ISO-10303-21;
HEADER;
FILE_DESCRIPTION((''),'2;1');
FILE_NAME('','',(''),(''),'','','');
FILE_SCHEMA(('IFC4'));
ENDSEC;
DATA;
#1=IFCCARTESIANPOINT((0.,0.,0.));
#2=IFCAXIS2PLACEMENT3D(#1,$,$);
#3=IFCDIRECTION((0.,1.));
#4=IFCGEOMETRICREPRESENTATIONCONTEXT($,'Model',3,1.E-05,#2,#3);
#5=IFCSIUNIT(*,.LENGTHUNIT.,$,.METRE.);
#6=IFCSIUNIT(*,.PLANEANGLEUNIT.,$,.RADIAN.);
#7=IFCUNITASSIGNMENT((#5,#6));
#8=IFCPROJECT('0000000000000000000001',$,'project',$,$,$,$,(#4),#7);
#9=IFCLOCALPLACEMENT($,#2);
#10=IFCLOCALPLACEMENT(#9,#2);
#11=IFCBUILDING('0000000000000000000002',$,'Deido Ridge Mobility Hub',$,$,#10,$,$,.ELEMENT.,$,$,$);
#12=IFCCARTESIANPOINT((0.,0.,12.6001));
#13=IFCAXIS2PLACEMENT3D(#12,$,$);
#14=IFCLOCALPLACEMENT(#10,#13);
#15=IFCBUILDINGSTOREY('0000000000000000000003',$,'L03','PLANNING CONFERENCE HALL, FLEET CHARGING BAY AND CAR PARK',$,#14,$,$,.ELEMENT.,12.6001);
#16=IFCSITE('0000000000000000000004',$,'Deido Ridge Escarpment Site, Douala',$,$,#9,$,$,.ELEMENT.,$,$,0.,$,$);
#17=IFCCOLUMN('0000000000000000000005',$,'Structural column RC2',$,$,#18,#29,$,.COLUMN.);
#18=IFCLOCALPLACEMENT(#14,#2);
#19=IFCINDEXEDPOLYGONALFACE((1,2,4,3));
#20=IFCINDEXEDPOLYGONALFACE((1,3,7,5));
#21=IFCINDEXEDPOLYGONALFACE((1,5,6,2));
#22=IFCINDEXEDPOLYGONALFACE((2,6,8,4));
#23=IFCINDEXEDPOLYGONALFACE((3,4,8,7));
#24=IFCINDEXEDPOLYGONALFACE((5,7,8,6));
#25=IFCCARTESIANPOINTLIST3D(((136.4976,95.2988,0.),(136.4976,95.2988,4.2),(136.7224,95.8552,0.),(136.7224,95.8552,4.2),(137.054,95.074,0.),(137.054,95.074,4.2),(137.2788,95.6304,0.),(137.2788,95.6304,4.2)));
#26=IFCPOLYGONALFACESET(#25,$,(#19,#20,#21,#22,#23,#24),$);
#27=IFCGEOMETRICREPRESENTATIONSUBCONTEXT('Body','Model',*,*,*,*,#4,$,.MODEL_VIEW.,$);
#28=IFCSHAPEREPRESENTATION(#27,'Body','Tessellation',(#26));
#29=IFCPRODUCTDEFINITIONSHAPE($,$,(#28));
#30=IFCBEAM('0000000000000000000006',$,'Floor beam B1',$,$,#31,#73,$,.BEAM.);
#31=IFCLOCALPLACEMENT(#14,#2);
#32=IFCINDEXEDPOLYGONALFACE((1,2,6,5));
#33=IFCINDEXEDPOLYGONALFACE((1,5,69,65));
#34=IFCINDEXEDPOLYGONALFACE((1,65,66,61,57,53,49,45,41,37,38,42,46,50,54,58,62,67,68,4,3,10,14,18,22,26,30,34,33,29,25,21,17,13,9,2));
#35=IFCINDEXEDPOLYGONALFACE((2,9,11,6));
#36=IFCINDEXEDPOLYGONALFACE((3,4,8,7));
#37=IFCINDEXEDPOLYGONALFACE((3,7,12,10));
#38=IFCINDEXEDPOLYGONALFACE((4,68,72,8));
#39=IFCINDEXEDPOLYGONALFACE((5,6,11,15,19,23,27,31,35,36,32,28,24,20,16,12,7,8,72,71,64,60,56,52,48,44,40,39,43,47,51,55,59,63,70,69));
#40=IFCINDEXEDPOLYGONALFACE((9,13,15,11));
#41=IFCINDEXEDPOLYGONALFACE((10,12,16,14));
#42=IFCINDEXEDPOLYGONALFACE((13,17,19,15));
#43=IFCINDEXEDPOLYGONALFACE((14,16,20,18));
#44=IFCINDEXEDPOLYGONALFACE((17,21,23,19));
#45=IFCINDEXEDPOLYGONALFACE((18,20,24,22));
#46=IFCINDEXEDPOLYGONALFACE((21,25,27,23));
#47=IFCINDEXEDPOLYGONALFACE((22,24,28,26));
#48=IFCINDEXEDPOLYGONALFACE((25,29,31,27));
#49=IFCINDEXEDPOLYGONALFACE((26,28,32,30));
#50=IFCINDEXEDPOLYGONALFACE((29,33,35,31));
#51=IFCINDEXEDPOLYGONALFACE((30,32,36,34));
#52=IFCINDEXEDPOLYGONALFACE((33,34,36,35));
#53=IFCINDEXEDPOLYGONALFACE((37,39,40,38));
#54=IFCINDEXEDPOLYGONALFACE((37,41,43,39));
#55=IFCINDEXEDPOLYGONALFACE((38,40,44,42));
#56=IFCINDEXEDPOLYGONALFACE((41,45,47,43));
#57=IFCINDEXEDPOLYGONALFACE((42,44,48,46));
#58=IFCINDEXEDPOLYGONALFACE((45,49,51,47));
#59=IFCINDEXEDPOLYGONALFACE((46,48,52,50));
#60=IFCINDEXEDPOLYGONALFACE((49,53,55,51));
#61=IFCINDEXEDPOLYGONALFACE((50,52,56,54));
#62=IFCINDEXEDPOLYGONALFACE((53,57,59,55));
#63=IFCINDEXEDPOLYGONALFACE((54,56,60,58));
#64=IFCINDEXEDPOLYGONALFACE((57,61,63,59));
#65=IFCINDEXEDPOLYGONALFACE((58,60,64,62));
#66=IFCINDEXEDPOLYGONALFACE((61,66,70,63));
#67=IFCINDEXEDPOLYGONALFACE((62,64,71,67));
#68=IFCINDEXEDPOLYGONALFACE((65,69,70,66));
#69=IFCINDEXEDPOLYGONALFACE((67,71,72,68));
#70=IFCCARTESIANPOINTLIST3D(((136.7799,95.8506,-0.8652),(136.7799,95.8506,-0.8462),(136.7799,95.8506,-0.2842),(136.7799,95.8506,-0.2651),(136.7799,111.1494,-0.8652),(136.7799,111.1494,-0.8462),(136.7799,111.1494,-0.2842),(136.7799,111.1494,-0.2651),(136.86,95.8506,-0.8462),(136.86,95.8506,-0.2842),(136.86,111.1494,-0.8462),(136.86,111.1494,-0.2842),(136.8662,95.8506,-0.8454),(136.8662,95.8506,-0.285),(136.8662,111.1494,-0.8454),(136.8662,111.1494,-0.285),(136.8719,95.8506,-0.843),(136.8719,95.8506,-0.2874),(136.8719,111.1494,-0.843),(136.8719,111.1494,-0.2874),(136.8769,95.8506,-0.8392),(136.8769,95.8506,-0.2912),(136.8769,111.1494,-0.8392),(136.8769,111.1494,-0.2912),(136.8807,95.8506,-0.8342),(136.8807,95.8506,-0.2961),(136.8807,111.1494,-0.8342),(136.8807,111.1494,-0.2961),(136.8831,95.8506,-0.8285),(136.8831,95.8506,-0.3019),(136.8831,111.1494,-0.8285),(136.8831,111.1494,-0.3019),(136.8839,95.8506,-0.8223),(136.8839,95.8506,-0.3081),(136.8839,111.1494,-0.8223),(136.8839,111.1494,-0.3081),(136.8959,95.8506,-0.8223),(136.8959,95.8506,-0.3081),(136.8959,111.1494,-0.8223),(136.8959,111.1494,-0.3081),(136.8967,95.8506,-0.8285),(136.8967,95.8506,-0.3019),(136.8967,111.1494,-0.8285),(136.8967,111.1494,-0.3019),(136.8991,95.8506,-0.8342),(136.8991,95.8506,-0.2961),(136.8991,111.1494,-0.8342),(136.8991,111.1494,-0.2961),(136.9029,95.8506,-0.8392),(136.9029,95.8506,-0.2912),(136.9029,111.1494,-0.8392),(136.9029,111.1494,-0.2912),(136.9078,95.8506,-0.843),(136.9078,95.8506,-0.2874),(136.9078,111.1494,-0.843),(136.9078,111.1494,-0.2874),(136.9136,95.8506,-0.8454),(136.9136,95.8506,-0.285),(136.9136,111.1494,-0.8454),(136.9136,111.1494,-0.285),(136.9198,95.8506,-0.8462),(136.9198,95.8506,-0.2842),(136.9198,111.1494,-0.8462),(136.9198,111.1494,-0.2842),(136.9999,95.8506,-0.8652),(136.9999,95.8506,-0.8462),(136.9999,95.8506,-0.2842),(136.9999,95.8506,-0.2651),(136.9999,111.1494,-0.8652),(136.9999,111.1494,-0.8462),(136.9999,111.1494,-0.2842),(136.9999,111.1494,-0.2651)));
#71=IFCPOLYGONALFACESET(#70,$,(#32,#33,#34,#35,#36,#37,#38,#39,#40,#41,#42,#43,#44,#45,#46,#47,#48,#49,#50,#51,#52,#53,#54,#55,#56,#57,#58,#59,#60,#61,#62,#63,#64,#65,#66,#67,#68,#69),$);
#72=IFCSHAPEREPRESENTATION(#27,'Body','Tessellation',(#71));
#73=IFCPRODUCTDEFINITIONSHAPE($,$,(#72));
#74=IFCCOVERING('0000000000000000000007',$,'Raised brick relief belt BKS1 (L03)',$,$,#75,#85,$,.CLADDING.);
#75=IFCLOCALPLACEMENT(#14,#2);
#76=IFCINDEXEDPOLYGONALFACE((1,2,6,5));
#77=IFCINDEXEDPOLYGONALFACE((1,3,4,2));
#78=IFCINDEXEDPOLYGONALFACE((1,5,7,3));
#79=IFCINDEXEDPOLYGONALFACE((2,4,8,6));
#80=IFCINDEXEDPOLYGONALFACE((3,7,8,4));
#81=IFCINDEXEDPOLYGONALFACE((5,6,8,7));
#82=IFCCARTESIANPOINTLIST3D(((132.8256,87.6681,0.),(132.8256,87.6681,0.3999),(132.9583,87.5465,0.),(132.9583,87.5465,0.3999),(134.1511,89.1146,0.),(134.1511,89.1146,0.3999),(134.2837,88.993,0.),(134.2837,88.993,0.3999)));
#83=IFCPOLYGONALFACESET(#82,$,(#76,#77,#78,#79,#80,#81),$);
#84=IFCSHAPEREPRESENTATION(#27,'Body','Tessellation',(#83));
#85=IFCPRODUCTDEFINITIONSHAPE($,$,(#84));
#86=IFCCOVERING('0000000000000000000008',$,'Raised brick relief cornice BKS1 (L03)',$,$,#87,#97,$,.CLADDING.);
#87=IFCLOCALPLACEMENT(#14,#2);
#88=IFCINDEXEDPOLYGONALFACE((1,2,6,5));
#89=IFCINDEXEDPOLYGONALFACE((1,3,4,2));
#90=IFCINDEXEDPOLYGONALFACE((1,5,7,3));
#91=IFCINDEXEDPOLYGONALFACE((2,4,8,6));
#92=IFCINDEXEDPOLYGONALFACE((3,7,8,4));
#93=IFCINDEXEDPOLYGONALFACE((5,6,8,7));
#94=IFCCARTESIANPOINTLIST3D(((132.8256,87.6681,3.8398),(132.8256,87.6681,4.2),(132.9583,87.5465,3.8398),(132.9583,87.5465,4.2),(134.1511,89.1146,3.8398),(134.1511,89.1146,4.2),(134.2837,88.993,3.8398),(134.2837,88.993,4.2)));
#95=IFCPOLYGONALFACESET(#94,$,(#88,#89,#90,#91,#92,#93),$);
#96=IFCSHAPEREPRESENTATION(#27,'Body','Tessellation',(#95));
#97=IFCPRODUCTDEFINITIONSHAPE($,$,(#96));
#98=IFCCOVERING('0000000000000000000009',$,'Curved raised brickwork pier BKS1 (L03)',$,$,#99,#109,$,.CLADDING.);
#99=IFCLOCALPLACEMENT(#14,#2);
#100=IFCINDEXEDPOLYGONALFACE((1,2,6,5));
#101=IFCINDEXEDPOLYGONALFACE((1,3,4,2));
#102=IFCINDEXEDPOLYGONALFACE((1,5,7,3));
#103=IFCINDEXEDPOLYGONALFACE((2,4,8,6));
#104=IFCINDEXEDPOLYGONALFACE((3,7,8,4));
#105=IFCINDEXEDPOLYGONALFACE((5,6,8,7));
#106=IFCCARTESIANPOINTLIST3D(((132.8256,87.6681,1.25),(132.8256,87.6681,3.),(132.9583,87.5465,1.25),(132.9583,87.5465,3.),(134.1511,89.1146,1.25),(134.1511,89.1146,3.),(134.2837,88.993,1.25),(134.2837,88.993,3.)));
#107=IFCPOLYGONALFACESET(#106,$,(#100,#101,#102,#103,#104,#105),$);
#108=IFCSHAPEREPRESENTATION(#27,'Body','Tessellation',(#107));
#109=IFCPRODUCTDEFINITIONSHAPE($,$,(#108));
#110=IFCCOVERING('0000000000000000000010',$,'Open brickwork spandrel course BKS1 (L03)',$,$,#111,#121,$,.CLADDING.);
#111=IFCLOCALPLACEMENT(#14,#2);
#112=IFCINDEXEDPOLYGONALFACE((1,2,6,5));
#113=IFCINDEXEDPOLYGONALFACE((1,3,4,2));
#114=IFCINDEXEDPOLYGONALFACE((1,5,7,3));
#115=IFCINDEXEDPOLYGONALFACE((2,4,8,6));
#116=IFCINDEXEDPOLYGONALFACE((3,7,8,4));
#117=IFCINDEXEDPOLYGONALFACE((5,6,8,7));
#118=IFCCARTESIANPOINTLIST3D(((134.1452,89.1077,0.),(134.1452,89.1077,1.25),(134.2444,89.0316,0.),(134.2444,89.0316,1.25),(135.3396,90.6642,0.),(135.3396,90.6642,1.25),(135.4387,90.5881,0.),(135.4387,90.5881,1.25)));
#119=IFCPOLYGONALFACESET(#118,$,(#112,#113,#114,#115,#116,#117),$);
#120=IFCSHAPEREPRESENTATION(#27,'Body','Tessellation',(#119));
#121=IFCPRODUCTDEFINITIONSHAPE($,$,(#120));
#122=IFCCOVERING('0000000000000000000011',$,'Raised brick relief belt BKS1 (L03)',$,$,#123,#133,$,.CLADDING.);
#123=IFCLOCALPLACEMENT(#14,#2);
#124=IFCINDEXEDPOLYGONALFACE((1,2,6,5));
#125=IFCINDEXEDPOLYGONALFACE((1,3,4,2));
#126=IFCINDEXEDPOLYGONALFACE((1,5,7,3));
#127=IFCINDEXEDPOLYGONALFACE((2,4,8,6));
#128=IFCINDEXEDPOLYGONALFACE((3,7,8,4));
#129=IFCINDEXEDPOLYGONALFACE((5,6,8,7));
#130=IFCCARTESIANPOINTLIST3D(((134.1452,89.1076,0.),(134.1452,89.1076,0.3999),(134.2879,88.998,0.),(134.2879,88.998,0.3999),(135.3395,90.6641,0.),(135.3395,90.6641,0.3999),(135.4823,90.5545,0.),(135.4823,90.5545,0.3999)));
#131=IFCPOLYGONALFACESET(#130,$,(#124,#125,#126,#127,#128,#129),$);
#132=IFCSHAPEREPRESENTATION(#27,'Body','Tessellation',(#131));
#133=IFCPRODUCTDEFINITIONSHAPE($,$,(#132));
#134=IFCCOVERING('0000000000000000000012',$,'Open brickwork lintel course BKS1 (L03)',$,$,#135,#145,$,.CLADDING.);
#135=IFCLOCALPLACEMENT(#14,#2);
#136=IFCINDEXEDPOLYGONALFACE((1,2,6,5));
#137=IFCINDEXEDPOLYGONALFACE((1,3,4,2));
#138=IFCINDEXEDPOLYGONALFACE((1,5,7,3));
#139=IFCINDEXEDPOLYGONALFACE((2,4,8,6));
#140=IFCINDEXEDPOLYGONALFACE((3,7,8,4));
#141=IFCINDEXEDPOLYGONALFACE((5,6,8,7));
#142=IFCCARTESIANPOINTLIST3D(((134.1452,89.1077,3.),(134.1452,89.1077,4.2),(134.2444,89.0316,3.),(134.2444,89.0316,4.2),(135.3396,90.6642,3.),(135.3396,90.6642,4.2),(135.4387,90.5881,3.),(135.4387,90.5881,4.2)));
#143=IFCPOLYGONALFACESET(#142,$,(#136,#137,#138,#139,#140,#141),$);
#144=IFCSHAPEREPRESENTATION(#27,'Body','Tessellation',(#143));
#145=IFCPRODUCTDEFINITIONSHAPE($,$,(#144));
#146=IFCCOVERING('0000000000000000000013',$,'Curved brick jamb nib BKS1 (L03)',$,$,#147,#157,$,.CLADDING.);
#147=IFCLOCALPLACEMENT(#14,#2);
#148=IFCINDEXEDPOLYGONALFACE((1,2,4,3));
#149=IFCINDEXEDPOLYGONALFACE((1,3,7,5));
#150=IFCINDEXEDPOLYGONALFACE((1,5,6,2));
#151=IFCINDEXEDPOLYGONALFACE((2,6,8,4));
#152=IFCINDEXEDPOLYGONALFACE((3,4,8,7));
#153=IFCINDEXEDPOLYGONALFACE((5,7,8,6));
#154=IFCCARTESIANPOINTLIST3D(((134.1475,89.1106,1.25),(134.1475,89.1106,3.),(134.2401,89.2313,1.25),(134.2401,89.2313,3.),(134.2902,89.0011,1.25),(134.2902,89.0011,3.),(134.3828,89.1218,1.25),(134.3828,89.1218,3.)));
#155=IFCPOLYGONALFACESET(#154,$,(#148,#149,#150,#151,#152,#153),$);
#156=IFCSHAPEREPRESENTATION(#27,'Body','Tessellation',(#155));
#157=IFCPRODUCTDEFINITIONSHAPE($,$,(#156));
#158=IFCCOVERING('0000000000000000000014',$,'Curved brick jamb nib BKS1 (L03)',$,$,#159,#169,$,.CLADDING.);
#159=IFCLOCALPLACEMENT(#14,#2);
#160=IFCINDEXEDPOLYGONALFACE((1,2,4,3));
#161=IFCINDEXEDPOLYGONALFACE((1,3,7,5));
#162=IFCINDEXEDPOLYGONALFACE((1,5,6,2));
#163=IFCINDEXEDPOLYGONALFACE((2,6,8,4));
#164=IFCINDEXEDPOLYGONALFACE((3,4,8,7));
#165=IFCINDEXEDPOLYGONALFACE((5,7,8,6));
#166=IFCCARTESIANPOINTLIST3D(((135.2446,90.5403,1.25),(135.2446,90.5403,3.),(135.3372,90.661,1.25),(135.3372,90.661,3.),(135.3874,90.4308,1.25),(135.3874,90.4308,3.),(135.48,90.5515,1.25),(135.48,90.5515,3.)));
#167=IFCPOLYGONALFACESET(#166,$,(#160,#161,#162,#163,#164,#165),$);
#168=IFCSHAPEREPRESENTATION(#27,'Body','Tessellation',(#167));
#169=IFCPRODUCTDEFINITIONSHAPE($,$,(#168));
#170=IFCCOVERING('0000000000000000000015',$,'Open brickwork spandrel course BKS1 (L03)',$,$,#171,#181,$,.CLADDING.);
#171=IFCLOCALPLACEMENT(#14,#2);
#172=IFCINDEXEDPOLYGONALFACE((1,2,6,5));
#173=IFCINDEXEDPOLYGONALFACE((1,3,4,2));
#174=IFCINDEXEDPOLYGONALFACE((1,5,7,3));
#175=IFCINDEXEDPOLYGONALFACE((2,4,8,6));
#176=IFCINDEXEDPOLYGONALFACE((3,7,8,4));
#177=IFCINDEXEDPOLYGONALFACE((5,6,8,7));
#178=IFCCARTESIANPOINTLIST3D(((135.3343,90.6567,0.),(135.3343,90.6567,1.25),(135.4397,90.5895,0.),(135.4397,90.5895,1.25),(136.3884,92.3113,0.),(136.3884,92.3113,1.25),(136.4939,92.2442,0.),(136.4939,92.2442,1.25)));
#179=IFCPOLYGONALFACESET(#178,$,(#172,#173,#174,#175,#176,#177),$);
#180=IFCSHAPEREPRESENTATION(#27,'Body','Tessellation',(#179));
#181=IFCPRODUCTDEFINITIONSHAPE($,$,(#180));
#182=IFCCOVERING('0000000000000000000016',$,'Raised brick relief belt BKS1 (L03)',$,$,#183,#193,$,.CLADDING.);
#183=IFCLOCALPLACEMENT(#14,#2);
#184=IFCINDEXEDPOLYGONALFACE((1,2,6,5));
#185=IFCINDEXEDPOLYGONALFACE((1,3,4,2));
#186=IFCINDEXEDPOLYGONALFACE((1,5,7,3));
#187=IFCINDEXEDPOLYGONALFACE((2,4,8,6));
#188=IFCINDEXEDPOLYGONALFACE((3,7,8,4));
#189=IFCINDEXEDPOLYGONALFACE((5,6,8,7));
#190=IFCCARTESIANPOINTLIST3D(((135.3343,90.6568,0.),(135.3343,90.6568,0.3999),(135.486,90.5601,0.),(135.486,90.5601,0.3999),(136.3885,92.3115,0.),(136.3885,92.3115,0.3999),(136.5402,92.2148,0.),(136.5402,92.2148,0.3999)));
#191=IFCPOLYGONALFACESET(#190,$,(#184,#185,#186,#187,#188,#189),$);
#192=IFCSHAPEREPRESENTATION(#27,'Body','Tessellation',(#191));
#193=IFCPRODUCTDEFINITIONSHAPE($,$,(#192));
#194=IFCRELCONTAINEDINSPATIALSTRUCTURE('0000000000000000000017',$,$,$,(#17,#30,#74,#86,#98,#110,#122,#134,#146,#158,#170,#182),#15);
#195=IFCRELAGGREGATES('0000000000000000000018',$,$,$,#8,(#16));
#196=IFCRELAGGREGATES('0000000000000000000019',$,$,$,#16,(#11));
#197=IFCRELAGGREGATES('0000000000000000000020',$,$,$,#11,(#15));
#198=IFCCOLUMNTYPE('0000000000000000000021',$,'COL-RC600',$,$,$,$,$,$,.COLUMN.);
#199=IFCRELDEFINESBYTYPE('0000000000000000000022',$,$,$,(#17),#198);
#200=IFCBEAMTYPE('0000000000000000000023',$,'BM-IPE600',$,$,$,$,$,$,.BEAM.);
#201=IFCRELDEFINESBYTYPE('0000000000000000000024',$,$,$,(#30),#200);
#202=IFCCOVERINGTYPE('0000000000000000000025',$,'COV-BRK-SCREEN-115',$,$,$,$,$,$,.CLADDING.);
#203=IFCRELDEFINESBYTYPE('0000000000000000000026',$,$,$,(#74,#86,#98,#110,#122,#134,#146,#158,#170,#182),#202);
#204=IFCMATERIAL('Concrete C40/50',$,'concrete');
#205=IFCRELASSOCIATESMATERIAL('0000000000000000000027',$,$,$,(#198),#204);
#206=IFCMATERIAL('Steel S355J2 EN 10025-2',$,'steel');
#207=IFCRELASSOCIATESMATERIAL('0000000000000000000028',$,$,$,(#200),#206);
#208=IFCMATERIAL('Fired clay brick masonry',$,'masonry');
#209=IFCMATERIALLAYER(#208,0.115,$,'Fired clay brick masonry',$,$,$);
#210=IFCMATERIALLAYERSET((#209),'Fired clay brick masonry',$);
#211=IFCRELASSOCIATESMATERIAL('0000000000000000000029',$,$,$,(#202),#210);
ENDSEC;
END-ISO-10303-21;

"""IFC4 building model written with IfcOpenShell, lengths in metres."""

from ifc_helpers import new_model, si_unit, direction, frame, origin, origin_2d, place, context, subcontext, project, spatial, rectangle, i_section, extrude, material, layer, layer_set, material_profile, profile_set, type_object, element, save


model = new_model("IFC4")

# Units and contexts
model_context = context("Model", 3, precision=1e-05, world=origin(), true_north=direction((0.0, 1.0)))
body_context = subcontext(model_context, "Body", "Model", "MODEL_VIEW")
ifc_project = project(units=[si_unit("LENGTHUNIT", "METRE"), si_unit("PLANEANGLEUNIT", "RADIAN")], contexts=[model_context])

# Site, building, storey
site_placement = place(None, origin())
site = spatial("IfcSite", under=ifc_project, at=site_placement, Name="Deido Ridge Escarpment Site, Douala", CompositionType="ELEMENT", RefElevation=0.0)
building_placement = place(site_placement, origin())
building = spatial("IfcBuilding", under=site, at=building_placement, Name="Deido Ridge Mobility Hub", CompositionType="ELEMENT")
storey_placement = place(building_placement, frame((0.0, 0.0, 12.6001)))
storey = spatial("IfcBuildingStorey", under=building, at=storey_placement, Name="L03", Description="PLANNING CONFERENCE HALL, FLEET CHARGING BAY AND CAR PARK", CompositionType="ELEMENT", Elevation=12.6001)

# Column
ifc_material_1 = material(Name="Concrete C40/50", Category="concrete")
ifc_material_profile_1 = material_profile(ifc_material_1, rectangle(XDim=0.6001, YDim=0.6001, at=origin_2d()), Name="RC COL 600x600")
ifc_profile_set_1 = profile_set([ifc_material_profile_1], Name="Concrete C40/50")
column_type = type_object("IfcColumnType", Name="COL-RC600", PredefinedType="COLUMN", material=ifc_profile_set_1)
column_placement = place(storey_placement, frame((136.8882, 95.4646, 0.0), z_axis=(0.0, 0.0, 1.0), x_axis=(0.927184, -0.374607, 0.0)))
element("IfcColumn", 1, at=column_placement, inside=storey, type_object=column_type, Name="Structural column RC2", PredefinedType="COLUMN", context=body_context, shape_type="SweptSolid", body=[
    extrude(rectangle(XDim=0.6001, YDim=0.6001, at=origin_2d()), origin(), (0.0, 0.0, 1.0), 4.2),
])

# Beam
ifc_material_2 = material(Name="Steel S355J2 EN 10025-2", Category="steel")
ifc_material_profile_2 = material_profile(ifc_material_2, i_section(OverallWidth=0.22, OverallDepth=0.6001, WebThickness=0.012, FlangeThickness=0.019, FilletRadius=0.0239, at=origin_2d()), Name="IPE 600")
ifc_profile_set_2 = profile_set([ifc_material_profile_2], Name="Steel S355J2 EN 10025-2")
beam_type = type_object("IfcBeamType", Name="BM-IPE600", PredefinedType="BEAM", material=ifc_profile_set_2)
beam_placement = place(storey_placement, frame((136.8899, 95.8506, -0.5652), z_axis=(0.0, 1.0, 0.0), x_axis=(-1.0, 0.0, 0.0)))
element("IfcBeam", 2, at=beam_placement, inside=storey, type_object=beam_type, Name="Floor beam B1", PredefinedType="BEAM", context=body_context, shape_type="SweptSolid", body=[
    extrude(i_section(OverallWidth=0.22, OverallDepth=0.6001, WebThickness=0.012, FlangeThickness=0.019, FilletRadius=0.0239, at=origin_2d()), origin(), (0.0, 0.0, 1.0), 15.2988),
])

# Coverings
ifc_material_3 = material(Name="Fired clay brick masonry", Category="masonry")
ifc_layer = layer(ifc_material_3, 0.115, Name="Fired clay brick masonry")
ifc_layer_set = layer_set([ifc_layer], Name="Fired clay brick masonry")
covering_type = type_object("IfcCoveringType", Name="COV-BRK-SCREEN-115", PredefinedType="CLADDING", material=ifc_layer_set)
covering_1_placement = place(storey_placement, frame((133.5547, 88.3306, 0.0), z_axis=(0.0, 0.0, 1.0), x_axis=(0.675577, 0.737289, 0.0)))
element("IfcCovering", 3, at=covering_1_placement, inside=storey, type_object=covering_type, Name="Raised brick relief belt BKS1 (L03)", PredefinedType="CLADDING", context=body_context, shape_type="SweptSolid", body=[
    extrude(rectangle(XDim=1.9619, YDim=0.1799, at=origin_2d()), origin(), (0.0, 0.0, 1.0), 0.3999),
])
covering_2_placement = place(storey_placement, frame((133.5547, 88.3306, 3.8398), z_axis=(0.0, 0.0, 1.0), x_axis=(0.675577, 0.737289, 0.0)))
element("IfcCovering", 4, at=covering_2_placement, inside=storey, type_object=covering_type, Name="Raised brick relief cornice BKS1 (L03)", PredefinedType="CLADDING", context=body_context, shape_type="SweptSolid", body=[
    extrude(rectangle(XDim=1.9619, YDim=0.1799, at=origin_2d()), origin(), (0.0, 0.0, 1.0), 0.3601),
])
covering_3_placement = place(storey_placement, frame((133.5547, 88.3306, 1.25), z_axis=(0.0, 0.0, 1.0), x_axis=(0.675577, 0.737289, 0.0)))
element("IfcCovering", 5, at=covering_3_placement, inside=storey, type_object=covering_type, Name="Curved raised brickwork pier BKS1 (L03)", PredefinedType="CLADDING", context=body_context, shape_type="SweptSolid", body=[
    extrude(rectangle(XDim=1.9619, YDim=0.1799, at=origin_2d()), origin(), (0.0, 0.0, 1.0), 1.75),
])
covering_4_placement = place(storey_placement, frame((134.792, 89.8479, 0.0), z_axis=(0.0, 0.0, 1.0), x_axis=(0.608761, 0.793353, 0.0)))
element("IfcCovering", 6, at=covering_4_placement, inside=storey, type_object=covering_type, Name="Open brickwork spandrel course BKS1 (L03)", PredefinedType="CLADDING", context=body_context, shape_type="SweptSolid", body=[
    extrude(rectangle(XDim=1.9619, YDim=0.125, at=origin_2d()), origin(), (0.0, 0.0, 1.0), 1.25),
])
covering_5_placement = place(storey_placement, frame((134.8137, 89.8311, 0.0), z_axis=(0.0, 0.0, 1.0), x_axis=(0.608761, 0.793353, 0.0)))
element("IfcCovering", 7, at=covering_5_placement, inside=storey, type_object=covering_type, Name="Raised brick relief belt BKS1 (L03)", PredefinedType="CLADDING", context=body_context, shape_type="SweptSolid", body=[
    extrude(rectangle(XDim=1.9619, YDim=0.1799, at=origin_2d()), origin(), (0.0, 0.0, 1.0), 0.3999),
])
covering_6_placement = place(storey_placement, frame((134.792, 89.8479, 3.0), z_axis=(0.0, 0.0, 1.0), x_axis=(0.608761, 0.793353, 0.0)))
element("IfcCovering", 8, at=covering_6_placement, inside=storey, type_object=covering_type, Name="Open brickwork lintel course BKS1 (L03)", PredefinedType="CLADDING", context=body_context, shape_type="SweptSolid", body=[
    extrude(rectangle(XDim=1.9619, YDim=0.125, at=origin_2d()), origin(), (0.0, 0.0, 1.0), 1.2),
])
for number, where, z_axis, x_axis, name in (
    (9, (134.2651, 89.1162, 1.25), (0.0, 0.0, 1.0), (0.608761, 0.793353, 0.0), "Curved brick jamb nib BKS1 (L03)"),
    (10, (135.3623, 90.5459, 1.25), (0.0, 0.0, 1.0), (0.608761, 0.793353, 0.0), "Curved brick jamb nib BKS1 (L03)"),
):
    element("IfcCovering", number, at=place(storey_placement, frame(where, z_axis=z_axis, x_axis=x_axis)), inside=storey, type_object=covering_type, Name=name, PredefinedType="CLADDING", context=body_context, shape_type="SweptSolid", body=[
        extrude(rectangle(XDim=0.1521, YDim=0.1799, at=origin_2d()), origin(), (0.0, 0.0, 1.0), 1.75),
    ])
covering_7_placement = place(storey_placement, frame((135.9141, 91.4504, 0.0), z_axis=(0.0, 0.0, 1.0), x_axis=(0.537314, 0.843382, 0.0)))
element("IfcCovering", 11, at=covering_7_placement, inside=storey, type_object=covering_type, Name="Open brickwork spandrel course BKS1 (L03)", PredefinedType="CLADDING", context=body_context, shape_type="SweptSolid", body=[
    extrude(rectangle(XDim=1.9619, YDim=0.125, at=origin_2d()), origin(), (0.0, 0.0, 1.0), 1.25),
])
covering_8_placement = place(storey_placement, frame((135.9373, 91.4358, 0.0), z_axis=(0.0, 0.0, 1.0), x_axis=(0.537314, 0.843382, 0.0)))
element("IfcCovering", 12, at=covering_8_placement, inside=storey, type_object=covering_type, Name="Raised brick relief belt BKS1 (L03)", PredefinedType="CLADDING", context=body_context, shape_type="SweptSolid", body=[
    extrude(rectangle(XDim=1.9619, YDim=0.1799, at=origin_2d()), origin(), (0.0, 0.0, 1.0), 0.3999),
])

save(model, "model.ifc")
